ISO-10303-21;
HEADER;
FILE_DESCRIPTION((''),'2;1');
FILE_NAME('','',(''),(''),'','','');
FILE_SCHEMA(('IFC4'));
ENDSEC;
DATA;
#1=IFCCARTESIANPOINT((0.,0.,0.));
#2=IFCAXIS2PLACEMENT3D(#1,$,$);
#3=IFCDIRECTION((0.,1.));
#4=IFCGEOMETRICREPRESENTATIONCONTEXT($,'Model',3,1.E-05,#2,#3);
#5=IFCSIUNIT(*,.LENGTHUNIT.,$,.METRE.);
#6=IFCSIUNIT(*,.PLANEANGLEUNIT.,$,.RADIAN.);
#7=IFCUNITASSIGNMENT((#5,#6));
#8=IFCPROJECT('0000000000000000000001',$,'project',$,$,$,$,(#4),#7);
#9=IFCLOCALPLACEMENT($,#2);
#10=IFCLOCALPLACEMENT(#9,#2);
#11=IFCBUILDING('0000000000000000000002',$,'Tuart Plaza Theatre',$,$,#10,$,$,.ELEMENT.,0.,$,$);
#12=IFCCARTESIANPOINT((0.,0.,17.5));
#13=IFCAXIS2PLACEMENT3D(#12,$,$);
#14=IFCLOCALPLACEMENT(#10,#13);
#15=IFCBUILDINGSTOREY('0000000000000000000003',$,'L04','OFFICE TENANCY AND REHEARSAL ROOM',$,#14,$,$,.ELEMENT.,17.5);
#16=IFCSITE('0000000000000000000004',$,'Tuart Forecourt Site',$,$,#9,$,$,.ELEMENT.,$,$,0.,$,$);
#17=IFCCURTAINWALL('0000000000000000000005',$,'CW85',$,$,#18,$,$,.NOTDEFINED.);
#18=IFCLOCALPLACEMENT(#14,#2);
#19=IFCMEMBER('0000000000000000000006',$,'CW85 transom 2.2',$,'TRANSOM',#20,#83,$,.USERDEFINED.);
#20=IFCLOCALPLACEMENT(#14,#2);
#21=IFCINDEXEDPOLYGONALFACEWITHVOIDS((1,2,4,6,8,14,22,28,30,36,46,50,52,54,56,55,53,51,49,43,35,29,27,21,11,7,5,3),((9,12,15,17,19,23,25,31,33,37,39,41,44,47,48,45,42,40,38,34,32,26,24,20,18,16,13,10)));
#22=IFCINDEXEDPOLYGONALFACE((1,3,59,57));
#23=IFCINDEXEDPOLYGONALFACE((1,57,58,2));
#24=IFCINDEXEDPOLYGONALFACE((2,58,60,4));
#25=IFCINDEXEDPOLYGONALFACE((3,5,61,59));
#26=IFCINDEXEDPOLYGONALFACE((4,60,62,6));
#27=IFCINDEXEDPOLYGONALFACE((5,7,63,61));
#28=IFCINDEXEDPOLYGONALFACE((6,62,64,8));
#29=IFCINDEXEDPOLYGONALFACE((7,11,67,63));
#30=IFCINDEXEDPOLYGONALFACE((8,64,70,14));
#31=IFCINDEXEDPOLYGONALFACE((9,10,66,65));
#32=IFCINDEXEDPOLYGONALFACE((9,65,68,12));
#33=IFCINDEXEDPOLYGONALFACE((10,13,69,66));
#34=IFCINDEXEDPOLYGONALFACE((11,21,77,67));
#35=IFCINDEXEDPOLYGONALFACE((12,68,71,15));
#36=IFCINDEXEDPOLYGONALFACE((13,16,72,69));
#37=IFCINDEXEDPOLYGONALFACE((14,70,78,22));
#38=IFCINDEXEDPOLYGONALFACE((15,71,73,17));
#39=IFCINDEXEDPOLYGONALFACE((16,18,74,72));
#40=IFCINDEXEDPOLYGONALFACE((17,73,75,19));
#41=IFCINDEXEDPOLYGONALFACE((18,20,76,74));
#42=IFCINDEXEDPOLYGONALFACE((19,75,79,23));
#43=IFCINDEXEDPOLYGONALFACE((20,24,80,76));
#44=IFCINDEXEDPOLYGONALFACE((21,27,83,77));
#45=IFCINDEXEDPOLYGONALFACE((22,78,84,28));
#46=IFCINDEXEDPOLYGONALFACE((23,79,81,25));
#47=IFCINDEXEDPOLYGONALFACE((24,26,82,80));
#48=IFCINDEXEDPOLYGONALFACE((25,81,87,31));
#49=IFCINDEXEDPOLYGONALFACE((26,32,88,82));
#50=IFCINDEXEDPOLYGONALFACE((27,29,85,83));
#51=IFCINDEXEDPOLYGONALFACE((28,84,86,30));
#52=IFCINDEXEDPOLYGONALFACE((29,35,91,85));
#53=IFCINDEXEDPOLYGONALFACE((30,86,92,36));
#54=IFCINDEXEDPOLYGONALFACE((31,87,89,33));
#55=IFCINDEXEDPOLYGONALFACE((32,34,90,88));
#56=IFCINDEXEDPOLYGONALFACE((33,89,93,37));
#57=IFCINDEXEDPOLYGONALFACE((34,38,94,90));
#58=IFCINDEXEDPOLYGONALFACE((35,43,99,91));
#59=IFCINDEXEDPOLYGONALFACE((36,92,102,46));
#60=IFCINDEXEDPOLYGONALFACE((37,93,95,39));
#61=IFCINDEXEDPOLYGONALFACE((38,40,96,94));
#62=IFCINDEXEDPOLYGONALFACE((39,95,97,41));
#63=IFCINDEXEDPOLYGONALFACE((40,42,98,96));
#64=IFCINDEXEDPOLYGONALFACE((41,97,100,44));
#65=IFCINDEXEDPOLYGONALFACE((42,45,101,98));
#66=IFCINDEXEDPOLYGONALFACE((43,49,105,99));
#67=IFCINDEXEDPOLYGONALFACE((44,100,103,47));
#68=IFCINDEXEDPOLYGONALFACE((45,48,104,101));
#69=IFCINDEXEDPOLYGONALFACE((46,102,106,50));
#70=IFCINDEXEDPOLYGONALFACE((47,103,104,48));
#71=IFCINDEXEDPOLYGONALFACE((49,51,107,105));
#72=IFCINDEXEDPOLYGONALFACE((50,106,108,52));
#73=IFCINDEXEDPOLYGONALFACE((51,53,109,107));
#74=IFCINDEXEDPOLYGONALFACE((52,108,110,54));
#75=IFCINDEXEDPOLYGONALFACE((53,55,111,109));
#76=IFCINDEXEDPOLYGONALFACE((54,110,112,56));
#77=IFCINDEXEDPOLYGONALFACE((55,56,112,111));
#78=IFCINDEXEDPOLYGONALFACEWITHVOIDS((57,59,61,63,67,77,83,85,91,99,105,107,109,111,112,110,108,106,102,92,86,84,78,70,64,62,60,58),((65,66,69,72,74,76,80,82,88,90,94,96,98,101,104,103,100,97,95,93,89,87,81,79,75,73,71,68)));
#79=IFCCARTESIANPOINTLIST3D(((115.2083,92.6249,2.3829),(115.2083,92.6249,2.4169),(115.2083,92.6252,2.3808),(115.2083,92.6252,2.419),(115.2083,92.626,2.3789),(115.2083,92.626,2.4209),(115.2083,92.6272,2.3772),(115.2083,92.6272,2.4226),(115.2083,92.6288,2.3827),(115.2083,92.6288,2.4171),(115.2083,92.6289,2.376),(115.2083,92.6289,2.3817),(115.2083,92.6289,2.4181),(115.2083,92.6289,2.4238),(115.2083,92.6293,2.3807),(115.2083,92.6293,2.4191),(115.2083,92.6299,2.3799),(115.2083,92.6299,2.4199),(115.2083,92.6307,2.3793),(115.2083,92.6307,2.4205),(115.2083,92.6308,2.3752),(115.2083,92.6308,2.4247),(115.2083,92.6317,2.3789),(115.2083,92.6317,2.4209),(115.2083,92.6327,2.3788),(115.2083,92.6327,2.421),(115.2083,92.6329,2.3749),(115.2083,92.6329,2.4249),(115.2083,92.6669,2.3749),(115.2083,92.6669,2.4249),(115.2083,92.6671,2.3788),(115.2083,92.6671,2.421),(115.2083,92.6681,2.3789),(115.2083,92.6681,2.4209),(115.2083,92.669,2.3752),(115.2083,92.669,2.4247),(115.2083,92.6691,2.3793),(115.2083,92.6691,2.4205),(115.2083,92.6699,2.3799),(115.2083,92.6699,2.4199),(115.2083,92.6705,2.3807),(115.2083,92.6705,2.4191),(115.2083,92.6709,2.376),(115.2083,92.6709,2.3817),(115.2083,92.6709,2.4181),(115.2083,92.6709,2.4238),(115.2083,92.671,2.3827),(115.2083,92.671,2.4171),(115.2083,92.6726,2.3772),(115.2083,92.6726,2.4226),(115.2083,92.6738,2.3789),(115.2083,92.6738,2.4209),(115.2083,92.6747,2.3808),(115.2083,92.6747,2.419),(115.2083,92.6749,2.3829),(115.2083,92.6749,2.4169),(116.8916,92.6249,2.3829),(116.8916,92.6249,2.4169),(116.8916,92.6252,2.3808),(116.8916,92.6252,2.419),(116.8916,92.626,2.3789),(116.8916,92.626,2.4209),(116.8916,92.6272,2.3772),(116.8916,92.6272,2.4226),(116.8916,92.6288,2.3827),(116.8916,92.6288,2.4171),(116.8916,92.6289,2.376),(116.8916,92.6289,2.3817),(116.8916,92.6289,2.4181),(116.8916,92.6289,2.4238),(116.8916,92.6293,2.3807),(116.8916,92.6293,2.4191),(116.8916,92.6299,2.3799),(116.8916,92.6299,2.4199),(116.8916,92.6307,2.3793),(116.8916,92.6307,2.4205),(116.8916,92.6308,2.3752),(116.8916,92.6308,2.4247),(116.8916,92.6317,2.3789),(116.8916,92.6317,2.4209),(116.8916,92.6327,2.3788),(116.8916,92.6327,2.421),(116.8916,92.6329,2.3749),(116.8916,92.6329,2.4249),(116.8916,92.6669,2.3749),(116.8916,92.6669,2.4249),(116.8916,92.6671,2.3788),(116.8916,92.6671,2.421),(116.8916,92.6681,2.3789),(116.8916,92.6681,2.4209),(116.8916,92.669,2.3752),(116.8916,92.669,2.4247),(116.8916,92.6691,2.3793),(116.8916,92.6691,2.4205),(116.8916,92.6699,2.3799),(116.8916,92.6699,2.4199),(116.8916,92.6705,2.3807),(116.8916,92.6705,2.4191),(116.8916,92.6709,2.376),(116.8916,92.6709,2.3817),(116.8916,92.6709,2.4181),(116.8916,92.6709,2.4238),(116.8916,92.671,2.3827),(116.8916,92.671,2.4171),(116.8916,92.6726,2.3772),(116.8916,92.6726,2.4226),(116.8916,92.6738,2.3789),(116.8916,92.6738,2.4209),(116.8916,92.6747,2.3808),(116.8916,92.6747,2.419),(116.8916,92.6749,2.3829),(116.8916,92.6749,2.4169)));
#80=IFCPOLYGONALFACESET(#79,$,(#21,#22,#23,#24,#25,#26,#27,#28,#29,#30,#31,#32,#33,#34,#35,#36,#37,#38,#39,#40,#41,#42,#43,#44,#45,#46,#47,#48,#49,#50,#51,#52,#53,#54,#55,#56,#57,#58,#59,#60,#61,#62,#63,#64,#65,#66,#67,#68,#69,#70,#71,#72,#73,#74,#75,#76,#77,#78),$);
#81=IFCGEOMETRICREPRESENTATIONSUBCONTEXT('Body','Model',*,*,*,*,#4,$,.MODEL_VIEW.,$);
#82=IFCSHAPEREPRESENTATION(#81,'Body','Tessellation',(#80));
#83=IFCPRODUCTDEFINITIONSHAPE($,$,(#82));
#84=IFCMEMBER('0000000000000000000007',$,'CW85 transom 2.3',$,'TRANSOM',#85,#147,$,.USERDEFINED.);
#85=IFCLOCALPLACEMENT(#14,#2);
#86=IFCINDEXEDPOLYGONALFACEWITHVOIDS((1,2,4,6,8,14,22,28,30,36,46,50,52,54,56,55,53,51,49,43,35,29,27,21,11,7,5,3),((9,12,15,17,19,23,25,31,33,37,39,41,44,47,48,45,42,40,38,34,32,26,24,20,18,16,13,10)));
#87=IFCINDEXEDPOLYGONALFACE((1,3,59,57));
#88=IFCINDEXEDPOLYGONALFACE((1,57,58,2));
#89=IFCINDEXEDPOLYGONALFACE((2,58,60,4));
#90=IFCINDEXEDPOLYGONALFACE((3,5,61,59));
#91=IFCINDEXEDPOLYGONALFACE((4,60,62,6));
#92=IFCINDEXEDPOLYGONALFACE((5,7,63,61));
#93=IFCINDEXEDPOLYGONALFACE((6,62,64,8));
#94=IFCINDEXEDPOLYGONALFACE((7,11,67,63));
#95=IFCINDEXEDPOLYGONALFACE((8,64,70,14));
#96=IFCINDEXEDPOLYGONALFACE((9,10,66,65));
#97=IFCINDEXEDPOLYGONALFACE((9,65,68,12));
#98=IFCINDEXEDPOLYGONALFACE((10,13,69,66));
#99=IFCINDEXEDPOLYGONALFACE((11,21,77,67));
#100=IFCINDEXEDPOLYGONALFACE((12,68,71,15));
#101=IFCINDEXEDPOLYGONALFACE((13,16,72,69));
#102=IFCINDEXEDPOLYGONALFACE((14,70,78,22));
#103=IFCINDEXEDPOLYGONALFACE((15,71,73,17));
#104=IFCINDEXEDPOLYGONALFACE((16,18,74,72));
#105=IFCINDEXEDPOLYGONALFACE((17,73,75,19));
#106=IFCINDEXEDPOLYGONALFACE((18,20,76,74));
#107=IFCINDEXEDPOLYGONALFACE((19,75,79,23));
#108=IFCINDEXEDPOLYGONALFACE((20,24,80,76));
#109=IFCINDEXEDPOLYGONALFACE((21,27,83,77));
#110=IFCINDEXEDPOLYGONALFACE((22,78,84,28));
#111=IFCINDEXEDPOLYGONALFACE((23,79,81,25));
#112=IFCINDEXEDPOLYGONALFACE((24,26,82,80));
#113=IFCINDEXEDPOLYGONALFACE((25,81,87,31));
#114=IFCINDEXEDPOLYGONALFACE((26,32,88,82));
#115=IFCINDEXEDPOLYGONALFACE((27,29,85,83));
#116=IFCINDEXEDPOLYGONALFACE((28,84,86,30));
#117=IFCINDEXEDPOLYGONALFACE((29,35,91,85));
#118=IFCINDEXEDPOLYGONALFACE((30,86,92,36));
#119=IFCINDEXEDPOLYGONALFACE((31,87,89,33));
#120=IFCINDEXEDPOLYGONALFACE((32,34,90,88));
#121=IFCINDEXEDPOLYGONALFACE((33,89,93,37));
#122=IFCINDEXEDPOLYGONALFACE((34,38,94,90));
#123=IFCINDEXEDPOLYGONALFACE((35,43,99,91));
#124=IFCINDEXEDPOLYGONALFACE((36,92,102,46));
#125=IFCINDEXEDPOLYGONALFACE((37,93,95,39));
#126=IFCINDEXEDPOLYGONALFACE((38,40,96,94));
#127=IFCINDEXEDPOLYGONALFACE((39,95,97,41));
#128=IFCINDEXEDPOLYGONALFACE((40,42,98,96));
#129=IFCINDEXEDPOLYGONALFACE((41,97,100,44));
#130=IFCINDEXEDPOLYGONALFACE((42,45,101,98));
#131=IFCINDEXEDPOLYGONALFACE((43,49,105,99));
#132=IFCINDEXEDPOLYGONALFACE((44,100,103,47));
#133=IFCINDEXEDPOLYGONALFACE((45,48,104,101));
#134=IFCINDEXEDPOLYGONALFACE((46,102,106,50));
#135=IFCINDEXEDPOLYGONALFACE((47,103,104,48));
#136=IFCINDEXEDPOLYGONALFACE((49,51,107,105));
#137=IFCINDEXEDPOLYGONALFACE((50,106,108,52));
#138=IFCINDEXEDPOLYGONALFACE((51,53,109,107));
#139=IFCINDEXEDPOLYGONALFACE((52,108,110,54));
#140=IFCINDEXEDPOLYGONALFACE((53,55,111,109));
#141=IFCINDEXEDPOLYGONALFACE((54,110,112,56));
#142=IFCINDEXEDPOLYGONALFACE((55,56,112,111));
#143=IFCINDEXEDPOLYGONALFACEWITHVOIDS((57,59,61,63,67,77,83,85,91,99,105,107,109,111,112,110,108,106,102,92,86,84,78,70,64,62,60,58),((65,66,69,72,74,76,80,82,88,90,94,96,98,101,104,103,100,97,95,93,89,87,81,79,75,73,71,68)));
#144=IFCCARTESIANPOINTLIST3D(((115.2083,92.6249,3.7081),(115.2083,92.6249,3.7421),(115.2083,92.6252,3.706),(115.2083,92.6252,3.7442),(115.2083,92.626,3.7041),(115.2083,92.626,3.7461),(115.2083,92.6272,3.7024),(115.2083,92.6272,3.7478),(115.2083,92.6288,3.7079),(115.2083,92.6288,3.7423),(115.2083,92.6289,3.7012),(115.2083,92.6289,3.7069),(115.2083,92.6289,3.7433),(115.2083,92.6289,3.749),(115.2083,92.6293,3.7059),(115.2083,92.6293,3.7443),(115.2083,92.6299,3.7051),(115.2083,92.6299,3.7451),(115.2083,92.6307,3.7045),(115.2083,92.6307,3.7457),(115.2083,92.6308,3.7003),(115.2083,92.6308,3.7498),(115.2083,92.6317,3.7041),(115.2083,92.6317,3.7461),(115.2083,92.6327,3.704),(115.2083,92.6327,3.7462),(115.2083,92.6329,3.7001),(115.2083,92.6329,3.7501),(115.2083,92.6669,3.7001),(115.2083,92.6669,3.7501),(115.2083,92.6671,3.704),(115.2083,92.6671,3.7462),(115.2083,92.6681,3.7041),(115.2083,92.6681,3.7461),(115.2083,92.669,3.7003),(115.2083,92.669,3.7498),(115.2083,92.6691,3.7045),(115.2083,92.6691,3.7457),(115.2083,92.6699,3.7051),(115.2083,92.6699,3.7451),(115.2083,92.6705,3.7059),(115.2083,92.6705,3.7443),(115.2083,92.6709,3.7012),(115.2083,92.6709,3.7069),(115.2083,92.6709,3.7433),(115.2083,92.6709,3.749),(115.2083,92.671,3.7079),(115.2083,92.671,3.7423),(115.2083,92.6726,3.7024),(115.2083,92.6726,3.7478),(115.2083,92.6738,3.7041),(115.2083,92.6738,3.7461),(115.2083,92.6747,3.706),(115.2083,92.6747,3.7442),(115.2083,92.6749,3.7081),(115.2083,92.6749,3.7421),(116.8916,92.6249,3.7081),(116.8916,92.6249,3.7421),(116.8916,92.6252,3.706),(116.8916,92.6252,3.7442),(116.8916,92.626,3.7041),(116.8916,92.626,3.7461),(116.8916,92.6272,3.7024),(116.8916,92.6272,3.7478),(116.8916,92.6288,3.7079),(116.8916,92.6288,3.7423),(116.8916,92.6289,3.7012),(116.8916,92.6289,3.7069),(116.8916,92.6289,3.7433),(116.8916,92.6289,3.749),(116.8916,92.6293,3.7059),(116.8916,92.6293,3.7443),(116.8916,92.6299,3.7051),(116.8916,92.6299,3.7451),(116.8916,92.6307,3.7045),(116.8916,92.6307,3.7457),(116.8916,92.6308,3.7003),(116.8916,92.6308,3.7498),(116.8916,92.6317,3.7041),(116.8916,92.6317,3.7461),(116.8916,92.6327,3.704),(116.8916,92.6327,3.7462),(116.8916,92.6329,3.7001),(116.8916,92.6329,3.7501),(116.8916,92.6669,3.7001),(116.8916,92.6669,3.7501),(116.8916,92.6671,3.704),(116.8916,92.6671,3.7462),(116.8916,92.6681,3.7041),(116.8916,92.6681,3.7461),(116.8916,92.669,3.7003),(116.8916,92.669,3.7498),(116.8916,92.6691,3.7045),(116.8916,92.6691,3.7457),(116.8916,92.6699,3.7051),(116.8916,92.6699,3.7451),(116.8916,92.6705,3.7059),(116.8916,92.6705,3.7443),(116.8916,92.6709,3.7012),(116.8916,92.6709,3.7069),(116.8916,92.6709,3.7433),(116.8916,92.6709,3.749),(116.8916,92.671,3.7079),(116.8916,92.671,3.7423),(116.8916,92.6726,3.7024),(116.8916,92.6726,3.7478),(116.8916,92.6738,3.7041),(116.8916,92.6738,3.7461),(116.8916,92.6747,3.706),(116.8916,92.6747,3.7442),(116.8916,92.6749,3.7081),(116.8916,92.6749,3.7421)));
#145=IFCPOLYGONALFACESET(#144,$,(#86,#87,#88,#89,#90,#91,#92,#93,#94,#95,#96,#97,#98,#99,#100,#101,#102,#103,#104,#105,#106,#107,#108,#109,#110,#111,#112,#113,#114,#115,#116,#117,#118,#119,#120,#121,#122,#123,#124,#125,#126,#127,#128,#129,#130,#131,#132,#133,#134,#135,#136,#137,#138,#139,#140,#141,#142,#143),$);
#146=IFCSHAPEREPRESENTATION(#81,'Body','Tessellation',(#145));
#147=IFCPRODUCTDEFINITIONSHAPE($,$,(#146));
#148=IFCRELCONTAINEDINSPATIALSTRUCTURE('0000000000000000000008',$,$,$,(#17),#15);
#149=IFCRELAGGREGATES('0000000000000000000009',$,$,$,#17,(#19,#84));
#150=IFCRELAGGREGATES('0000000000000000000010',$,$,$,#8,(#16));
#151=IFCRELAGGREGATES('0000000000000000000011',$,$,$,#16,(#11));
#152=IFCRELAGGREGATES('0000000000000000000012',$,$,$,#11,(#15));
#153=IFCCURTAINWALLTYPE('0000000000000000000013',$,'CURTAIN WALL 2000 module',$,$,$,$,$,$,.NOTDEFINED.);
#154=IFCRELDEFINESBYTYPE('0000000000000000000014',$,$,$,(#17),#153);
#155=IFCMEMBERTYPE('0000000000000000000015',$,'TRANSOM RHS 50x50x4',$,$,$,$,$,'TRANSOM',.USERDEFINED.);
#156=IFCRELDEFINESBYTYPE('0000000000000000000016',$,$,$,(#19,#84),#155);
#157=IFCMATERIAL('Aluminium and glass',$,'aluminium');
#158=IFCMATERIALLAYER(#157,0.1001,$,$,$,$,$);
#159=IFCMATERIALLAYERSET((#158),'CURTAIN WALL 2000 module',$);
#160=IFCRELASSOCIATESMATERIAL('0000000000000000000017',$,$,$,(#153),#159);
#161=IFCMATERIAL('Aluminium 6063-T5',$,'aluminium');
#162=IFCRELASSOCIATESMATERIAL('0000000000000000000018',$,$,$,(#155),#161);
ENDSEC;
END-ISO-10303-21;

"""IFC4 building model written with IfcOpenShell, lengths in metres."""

from ifc_helpers import new_model, si_unit, direction, frame, origin, origin_2d, place, context, subcontext, project, spatial, hollow_rectangle, extrude, material, layer, layer_set, material_profile, profile_set, type_object, element, aggregate, save


model = new_model("IFC4")

# Units and contexts
model_context = context("Model", 3, precision=1e-05, world=origin(), true_north=direction((0.0, 1.0)))
body_context = subcontext(model_context, "Body", "Model", "MODEL_VIEW")
ifc_project = project(units=[si_unit("LENGTHUNIT", "METRE"), si_unit("PLANEANGLEUNIT", "RADIAN")], contexts=[model_context])

# Site, building, storey
site_placement = place(None, origin())
site = spatial("IfcSite", under=ifc_project, at=site_placement, Name="Tuart Forecourt Site", CompositionType="ELEMENT", RefElevation=0.0)
building_placement = place(site_placement, origin())
building = spatial("IfcBuilding", under=site, at=building_placement, Name="Tuart Plaza Theatre", CompositionType="ELEMENT", ElevationOfRefHeight=0.0)
storey_placement = place(building_placement, frame((0.0, 0.0, 17.5)))
storey = spatial("IfcBuildingStorey", under=building, at=storey_placement, Name="L04", Description="OFFICE TENANCY AND REHEARSAL ROOM", CompositionType="ELEMENT", Elevation=17.5)

# Curtain wall
ifc_material_1 = material(Name="Aluminium and glass", Category="aluminium")
ifc_layer_1 = layer(ifc_material_1, 0.1001)
ifc_layer_set_1 = layer_set([ifc_layer_1], Name="CURTAIN WALL 2000 module")
curtain_wall_type_1 = type_object("IfcCurtainWallType", Name="CURTAIN WALL 2000 module", PredefinedType="NOTDEFINED", material=ifc_layer_set_1)
curtain_wall_1_placement = place(storey_placement, origin())
curtain_wall_1 = element("IfcCurtainWall", 1, at=curtain_wall_1_placement, inside=storey, type_object=curtain_wall_type_1, Name="CW85", PredefinedType="NOTDEFINED")

# Members
ifc_material_2 = material(Name="Aluminium 6063-T5", Category="aluminium")
ifc_material_profile_1 = material_profile(ifc_material_2, hollow_rectangle(XDim=0.05, YDim=0.05, WallThickness=0.0039, InnerFilletRadius=0.0039, OuterFilletRadius=0.0081, at=origin_2d()), Name="RHS 50x50x4")
ifc_profile_set_1 = profile_set([ifc_material_profile_1], Name="Aluminium 6063-T5")
member_type_1 = type_object("IfcMemberType", Name="TRANSOM RHS 50x50x4", ElementType="TRANSOM", PredefinedType="USERDEFINED", material=ifc_profile_set_1)
member_1_placement = place(storey_placement, frame((116.8916, 92.6499, 2.3999), z_axis=(-1.0, 0.0, 0.0), x_axis=(0.0, -1.0, 0.0)))
member_1 = element("IfcMember", 2, at=member_1_placement, type_object=member_type_1, Name="CW85 transom 2.2", ObjectType="TRANSOM", PredefinedType="USERDEFINED", context=body_context, shape_type="SweptSolid", body=[
    extrude(hollow_rectangle(XDim=0.05, YDim=0.05, WallThickness=0.0039, InnerFilletRadius=0.0039, OuterFilletRadius=0.0081, at=origin_2d()), origin(), (0.0, 0.0, 1.0), 1.6833),
])
member_2_placement = place(storey_placement, frame((116.8916, 92.6499, 3.7251), z_axis=(-1.0, 0.0, 0.0), x_axis=(0.0, -1.0, 0.0)))
member_2 = element("IfcMember", 3, at=member_2_placement, type_object=member_type_1, Name="CW85 transom 2.3", ObjectType="TRANSOM", PredefinedType="USERDEFINED", context=body_context, shape_type="SweptSolid", body=[
    extrude(hollow_rectangle(XDim=0.05, YDim=0.05, WallThickness=0.0039, InnerFilletRadius=0.0039, OuterFilletRadius=0.0081, at=origin_2d()), origin(), (0.0, 0.0, 1.0), 1.6833),
])

aggregate(curtain_wall_1, [member_1, member_2])

save(model, "model.ifc")
